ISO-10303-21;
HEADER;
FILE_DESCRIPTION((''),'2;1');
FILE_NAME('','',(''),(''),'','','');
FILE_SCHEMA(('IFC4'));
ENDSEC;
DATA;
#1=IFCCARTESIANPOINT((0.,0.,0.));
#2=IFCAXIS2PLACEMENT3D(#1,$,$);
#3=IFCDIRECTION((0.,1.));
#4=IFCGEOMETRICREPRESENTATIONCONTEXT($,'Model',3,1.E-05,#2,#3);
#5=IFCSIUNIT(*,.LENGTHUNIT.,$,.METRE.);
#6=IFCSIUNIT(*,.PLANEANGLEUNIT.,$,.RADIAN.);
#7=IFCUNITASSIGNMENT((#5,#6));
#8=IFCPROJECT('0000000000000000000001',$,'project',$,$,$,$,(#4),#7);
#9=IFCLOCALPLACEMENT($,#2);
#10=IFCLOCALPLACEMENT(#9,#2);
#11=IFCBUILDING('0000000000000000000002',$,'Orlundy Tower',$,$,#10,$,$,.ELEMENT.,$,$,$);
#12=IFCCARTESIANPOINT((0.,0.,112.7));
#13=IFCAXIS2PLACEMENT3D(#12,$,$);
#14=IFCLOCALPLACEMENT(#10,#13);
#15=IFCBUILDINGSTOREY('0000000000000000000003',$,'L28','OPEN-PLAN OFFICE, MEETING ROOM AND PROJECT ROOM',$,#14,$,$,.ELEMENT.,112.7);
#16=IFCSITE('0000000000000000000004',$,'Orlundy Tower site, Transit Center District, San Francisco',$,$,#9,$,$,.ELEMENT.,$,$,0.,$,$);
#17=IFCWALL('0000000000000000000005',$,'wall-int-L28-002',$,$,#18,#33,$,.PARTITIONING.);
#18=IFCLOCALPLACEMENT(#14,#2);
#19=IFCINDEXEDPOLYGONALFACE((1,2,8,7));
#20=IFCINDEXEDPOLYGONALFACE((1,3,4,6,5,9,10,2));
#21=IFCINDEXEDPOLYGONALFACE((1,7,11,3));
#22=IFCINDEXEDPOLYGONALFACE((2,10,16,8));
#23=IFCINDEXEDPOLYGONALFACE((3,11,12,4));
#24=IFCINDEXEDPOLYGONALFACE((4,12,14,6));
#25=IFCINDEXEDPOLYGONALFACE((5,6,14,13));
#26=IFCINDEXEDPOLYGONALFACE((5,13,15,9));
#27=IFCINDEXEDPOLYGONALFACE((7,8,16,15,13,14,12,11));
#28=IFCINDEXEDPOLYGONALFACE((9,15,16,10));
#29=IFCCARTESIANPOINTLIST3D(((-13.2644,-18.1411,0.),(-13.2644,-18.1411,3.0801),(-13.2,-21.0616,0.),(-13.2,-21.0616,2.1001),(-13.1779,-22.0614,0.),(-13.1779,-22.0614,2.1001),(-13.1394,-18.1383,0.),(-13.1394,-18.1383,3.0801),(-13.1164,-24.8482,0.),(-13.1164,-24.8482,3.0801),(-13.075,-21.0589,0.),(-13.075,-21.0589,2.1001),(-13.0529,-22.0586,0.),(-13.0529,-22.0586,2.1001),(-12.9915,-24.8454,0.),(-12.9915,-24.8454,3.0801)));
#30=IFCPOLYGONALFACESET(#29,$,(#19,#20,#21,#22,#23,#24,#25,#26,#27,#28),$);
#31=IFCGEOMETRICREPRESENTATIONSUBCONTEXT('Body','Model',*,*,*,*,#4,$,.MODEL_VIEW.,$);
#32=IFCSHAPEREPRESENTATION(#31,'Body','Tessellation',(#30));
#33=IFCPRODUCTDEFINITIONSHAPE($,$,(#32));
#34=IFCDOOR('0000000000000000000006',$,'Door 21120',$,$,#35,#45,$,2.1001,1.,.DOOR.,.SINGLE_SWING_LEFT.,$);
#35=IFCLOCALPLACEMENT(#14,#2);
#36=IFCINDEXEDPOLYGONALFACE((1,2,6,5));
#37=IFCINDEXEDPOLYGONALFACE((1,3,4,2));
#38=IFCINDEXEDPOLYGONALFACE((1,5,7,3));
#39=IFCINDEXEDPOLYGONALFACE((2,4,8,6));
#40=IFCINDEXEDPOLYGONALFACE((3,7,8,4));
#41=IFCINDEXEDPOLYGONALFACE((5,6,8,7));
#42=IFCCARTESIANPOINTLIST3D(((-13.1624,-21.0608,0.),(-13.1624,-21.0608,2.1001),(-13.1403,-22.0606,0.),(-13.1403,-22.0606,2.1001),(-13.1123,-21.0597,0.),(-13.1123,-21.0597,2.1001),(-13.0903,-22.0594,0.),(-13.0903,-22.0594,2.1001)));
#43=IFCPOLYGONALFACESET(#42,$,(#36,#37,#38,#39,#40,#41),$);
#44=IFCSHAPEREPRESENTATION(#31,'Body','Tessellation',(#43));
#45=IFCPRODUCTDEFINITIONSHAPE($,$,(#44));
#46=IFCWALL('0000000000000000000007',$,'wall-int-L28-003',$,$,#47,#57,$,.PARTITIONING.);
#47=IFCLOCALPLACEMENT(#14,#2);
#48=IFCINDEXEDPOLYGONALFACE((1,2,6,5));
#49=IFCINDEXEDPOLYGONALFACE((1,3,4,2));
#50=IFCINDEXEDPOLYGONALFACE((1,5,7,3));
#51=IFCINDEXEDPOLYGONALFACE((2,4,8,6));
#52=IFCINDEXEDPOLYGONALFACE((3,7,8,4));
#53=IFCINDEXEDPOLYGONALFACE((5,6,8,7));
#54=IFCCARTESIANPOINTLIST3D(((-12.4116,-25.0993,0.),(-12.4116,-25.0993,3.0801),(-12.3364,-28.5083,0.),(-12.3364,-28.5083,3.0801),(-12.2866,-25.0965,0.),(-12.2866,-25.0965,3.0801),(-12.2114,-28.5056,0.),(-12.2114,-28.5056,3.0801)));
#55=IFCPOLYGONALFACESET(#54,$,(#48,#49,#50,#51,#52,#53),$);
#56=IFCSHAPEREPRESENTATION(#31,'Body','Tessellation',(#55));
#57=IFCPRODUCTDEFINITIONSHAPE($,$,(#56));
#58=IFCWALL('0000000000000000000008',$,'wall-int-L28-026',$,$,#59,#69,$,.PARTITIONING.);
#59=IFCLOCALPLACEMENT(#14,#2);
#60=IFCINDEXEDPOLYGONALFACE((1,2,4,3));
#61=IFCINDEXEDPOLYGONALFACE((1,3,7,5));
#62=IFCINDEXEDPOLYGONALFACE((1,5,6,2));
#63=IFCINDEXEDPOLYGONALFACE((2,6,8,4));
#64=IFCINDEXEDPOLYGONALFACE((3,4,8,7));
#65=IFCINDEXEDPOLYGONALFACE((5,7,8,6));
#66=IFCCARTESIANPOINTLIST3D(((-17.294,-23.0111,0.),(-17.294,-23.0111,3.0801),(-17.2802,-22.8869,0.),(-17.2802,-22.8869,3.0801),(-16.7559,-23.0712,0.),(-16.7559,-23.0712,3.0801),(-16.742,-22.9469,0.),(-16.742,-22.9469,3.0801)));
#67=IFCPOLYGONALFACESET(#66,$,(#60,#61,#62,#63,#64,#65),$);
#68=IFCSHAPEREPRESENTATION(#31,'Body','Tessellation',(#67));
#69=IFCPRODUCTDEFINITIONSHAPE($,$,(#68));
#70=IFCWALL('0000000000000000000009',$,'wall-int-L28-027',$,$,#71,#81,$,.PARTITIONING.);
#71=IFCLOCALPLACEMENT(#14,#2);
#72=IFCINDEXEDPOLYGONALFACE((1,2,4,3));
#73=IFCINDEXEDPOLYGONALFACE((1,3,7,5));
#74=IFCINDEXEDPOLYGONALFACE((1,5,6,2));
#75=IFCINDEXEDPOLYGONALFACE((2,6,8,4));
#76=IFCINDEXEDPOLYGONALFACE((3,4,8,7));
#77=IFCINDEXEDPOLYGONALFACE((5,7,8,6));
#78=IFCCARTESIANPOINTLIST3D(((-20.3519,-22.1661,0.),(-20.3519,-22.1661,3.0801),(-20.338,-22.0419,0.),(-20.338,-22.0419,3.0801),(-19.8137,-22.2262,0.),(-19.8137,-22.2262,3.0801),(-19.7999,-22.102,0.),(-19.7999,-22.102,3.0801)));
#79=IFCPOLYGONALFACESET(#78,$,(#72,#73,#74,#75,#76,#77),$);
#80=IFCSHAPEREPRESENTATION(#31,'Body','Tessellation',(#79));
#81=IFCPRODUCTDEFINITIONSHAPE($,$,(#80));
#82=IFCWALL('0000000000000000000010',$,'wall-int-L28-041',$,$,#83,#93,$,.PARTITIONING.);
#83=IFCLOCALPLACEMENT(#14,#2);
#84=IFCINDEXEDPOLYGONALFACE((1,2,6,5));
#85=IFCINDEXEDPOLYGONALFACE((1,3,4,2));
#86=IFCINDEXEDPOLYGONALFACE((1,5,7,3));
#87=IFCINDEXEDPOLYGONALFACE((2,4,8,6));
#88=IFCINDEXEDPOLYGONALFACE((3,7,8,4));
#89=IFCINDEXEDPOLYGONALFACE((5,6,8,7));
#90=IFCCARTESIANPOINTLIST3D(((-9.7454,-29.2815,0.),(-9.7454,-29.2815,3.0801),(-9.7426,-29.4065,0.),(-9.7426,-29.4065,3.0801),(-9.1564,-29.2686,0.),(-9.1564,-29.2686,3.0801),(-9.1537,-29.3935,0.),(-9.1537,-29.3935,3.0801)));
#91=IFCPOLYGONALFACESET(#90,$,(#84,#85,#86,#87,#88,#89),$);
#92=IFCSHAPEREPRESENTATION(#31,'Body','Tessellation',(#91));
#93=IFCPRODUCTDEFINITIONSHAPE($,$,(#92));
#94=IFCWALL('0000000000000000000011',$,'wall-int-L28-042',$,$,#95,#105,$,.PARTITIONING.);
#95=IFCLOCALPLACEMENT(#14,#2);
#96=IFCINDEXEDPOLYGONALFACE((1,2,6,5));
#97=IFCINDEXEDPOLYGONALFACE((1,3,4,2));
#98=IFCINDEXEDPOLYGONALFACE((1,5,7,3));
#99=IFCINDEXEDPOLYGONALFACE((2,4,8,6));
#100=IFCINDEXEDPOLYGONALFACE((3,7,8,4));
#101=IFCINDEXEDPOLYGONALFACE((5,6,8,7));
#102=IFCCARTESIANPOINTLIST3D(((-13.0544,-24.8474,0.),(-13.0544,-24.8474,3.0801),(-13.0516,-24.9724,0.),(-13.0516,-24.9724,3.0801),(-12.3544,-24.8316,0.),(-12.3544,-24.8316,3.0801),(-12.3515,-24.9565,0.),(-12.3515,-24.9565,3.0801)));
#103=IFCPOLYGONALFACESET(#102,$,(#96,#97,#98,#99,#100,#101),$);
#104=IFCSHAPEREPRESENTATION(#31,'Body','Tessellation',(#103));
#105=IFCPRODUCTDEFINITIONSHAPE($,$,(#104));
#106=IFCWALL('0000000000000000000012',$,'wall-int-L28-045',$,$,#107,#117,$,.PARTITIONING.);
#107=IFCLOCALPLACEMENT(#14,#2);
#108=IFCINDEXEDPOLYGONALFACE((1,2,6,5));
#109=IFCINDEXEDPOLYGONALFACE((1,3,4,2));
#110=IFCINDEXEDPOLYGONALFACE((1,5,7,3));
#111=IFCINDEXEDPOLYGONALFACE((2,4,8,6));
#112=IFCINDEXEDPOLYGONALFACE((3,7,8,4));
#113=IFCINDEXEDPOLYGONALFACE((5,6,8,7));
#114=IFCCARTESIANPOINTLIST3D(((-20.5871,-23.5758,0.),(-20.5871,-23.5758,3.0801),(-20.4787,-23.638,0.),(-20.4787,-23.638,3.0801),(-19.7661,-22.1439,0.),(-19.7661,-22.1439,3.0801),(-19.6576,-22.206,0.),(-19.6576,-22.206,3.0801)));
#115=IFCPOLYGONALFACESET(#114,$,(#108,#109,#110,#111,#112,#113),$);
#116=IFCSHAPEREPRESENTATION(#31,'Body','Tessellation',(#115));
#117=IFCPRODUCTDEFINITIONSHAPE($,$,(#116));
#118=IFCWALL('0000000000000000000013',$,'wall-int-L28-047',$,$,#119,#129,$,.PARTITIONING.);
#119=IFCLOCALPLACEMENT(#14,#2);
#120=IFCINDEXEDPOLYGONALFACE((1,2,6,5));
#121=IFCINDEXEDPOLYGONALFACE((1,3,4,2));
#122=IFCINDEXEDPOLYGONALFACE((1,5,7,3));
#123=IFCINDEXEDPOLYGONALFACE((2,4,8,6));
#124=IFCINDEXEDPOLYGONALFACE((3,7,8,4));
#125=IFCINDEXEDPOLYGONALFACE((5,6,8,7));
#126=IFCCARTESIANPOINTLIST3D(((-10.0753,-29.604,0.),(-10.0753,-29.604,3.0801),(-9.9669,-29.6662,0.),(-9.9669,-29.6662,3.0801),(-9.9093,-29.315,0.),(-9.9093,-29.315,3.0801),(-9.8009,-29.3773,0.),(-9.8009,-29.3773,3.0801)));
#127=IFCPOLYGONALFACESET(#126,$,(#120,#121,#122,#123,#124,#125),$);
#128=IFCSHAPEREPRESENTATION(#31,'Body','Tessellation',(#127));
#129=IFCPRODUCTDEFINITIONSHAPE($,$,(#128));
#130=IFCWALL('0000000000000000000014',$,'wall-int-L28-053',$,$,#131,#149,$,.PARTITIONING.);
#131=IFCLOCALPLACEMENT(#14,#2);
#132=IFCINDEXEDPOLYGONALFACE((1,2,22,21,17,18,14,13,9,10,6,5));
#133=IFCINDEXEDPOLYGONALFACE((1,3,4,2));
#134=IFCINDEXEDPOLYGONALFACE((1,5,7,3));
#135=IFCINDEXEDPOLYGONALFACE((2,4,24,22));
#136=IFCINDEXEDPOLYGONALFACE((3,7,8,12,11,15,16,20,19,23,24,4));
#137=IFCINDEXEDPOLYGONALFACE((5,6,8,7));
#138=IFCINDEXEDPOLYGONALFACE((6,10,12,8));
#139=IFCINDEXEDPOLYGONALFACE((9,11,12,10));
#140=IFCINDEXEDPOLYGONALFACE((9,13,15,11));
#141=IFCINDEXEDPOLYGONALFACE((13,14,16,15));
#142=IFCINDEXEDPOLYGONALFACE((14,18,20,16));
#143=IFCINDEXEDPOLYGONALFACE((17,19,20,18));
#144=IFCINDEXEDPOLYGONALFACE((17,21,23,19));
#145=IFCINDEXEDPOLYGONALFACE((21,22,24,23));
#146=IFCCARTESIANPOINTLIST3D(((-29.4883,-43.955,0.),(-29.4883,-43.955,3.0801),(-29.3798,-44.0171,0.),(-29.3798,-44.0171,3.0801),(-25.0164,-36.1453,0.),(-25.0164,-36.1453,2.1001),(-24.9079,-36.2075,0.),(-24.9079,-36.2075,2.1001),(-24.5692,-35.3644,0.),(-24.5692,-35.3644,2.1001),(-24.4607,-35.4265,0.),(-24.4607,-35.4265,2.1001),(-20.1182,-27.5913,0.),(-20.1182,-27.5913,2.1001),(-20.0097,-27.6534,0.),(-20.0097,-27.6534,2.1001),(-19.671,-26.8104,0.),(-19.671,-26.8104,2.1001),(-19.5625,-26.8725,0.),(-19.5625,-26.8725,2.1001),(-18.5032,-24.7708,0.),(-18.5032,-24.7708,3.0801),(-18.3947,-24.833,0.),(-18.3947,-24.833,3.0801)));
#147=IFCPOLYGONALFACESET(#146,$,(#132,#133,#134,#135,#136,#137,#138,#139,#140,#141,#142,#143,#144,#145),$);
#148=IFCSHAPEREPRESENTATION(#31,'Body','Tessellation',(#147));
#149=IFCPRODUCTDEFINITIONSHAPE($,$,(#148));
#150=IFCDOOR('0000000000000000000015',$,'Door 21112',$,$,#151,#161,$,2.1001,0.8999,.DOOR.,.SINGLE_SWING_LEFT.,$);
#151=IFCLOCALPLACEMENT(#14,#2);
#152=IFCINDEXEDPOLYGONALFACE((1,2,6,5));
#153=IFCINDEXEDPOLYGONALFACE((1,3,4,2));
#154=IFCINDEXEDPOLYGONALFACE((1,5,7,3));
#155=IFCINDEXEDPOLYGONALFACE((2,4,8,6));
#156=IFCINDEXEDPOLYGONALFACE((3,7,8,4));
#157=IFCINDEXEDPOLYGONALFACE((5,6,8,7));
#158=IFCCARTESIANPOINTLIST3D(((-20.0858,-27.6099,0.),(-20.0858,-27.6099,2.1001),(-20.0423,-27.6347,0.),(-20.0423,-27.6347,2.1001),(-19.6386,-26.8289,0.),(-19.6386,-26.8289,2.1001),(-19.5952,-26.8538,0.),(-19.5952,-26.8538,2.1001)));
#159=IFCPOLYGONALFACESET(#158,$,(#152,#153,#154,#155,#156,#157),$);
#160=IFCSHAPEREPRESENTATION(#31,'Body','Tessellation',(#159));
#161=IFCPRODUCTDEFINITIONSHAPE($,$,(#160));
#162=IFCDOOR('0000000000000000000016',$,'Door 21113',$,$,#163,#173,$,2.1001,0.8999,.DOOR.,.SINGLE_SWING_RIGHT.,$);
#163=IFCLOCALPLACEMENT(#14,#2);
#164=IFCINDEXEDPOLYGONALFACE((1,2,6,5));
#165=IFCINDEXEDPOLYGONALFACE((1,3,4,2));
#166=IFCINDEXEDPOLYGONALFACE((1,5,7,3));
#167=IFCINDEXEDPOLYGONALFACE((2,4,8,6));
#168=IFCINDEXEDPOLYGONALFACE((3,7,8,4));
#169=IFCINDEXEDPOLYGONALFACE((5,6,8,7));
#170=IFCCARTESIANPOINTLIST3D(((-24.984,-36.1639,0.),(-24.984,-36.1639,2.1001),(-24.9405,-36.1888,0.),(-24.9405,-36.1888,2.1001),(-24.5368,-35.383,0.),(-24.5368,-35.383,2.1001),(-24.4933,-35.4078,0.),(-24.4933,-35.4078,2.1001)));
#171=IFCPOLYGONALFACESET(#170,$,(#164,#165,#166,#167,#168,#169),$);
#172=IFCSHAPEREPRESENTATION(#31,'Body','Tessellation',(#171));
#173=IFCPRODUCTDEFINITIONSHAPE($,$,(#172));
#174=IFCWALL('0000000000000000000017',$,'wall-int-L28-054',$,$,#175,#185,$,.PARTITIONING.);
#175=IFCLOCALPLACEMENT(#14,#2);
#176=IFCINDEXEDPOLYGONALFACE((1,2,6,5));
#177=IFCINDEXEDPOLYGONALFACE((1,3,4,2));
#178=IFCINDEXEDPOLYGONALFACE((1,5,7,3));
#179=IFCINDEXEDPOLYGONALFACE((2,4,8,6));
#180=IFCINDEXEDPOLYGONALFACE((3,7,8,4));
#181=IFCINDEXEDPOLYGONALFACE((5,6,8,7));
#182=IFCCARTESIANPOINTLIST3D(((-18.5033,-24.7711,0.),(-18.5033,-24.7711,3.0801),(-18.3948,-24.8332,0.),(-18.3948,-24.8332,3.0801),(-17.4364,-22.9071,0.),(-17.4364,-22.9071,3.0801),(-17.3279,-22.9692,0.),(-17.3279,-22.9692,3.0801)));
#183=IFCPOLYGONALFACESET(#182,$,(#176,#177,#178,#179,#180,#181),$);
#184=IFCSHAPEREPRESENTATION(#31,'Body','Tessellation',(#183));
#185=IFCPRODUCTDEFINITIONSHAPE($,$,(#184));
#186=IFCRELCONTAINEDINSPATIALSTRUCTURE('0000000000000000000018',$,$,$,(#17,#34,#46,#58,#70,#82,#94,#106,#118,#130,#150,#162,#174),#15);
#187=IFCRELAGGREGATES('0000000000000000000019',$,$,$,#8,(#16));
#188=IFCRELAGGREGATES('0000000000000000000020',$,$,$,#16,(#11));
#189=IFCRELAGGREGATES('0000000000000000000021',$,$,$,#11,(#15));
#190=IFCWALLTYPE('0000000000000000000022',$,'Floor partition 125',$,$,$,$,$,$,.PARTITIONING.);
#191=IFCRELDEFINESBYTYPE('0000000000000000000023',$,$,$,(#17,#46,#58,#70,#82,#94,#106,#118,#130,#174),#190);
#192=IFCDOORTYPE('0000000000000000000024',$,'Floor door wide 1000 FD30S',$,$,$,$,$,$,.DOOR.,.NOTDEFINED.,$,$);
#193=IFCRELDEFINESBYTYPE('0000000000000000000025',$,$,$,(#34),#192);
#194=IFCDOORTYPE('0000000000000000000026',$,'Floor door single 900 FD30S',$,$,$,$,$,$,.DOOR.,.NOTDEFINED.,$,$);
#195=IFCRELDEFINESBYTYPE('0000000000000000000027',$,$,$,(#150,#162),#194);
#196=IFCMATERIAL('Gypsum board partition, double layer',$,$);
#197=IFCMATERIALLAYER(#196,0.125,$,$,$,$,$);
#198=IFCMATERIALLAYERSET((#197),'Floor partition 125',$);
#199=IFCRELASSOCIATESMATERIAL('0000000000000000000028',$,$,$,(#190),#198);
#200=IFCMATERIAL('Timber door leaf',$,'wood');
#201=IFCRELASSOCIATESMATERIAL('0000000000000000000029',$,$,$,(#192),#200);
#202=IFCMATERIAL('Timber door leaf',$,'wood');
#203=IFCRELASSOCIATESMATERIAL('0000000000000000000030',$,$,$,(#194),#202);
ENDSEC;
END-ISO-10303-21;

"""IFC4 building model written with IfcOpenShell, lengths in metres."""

from ifc_helpers import new_model, si_unit, direction, frame, frame_2d, origin, place, context, subcontext, project, spatial, rectangle, extrude, material, layer, layer_set, type_object, element, fill, save


model = new_model("IFC4")

# Units and contexts
model_context = context("Model", 3, precision=1e-05, world=origin(), true_north=direction((0.0, 1.0)))
body_context = subcontext(model_context, "Body", "Model", "MODEL_VIEW")
ifc_project = project(units=[si_unit("LENGTHUNIT", "METRE"), si_unit("PLANEANGLEUNIT", "RADIAN")], contexts=[model_context])

# Site, building, storey
site_placement = place(None, origin())
site = spatial("IfcSite", under=ifc_project, at=site_placement, Name="Orlundy Tower site, Transit Center District, San Francisco", CompositionType="ELEMENT", RefElevation=0.0)
building_placement = place(site_placement, origin())
building = spatial("IfcBuilding", under=site, at=building_placement, Name="Orlundy Tower", CompositionType="ELEMENT")
storey_placement = place(building_placement, frame((0.0, 0.0, 112.7)))
storey = spatial("IfcBuildingStorey", under=building, at=storey_placement, Name="L28", Description="OPEN-PLAN OFFICE, MEETING ROOM AND PROJECT ROOM", CompositionType="ELEMENT", Elevation=112.7)

# Wall, opening, door
ifc_material_1 = material(Name="Gypsum board partition, double layer")
ifc_layer_1 = layer(ifc_material_1, 0.125)
ifc_layer_set_1 = layer_set([ifc_layer_1], Name="Floor partition 125")
wall_type_1 = type_object("IfcWallType", Name="Floor partition 125", PredefinedType="PARTITIONING", material=ifc_layer_set_1)
wall_1_placement = place(storey_placement, frame((-13.054, -24.8469, 0.0), z_axis=(0.0, 0.0, 1.0), x_axis=(-0.022053, 0.999757, 0.0)))
wall_1 = element("IfcWall", 1, at=wall_1_placement, inside=storey, type_object=wall_type_1, Name="wall-int-L28-002", PredefinedType="PARTITIONING", context=body_context, shape_type="SweptSolid", body=[
    extrude(rectangle(XDim=6.7087, YDim=0.125, at=frame_2d((3.3545, 0.0))), origin(), (0.0, 0.0, 1.0), 3.0801),
])
opening_1_placement = place(wall_1_placement, frame((2.7876, 0.0, 0.0)))
opening_1 = element("IfcOpeningElement", 2, at=opening_1_placement, cuts=wall_1, PredefinedType="OPENING", context=body_context, shape_type="SweptSolid", body=[
    extrude(rectangle(XDim=1.0, YDim=2.1001, at=frame_2d((0.5, 1.05))), frame((0.0, 0.0725, 0.0), z_axis=(0.0, -1.0, 0.0), x_axis=(1.0, 0.0, 0.0)), (0.0, 0.0, 1.0), 0.145),
])
ifc_material_2 = material(Name="Timber door leaf", Category="wood")
door_type_1 = type_object("IfcDoorType", Name="Floor door wide 1000 FD30S", OperationType="NOTDEFINED", PredefinedType="DOOR", material=ifc_material_2)
door_1_placement = place(opening_1_placement, origin())
door_1 = element("IfcDoor", 3, at=door_1_placement, inside=storey, type_object=door_type_1, Name="Door 21120", OperationType="SINGLE_SWING_LEFT", OverallHeight=2.1001, OverallWidth=1.0, PredefinedType="DOOR", context=body_context, shape_type="SweptSolid", body=[
    extrude(rectangle(XDim=1.0, YDim=2.1001, at=frame_2d((0.5, 1.05))), frame((0.0, 0.0249, 0.0), z_axis=(0.0, -1.0, 0.0), x_axis=(1.0, 0.0, 0.0)), (0.0, 0.0, 1.0), 0.05),
])
fill(opening_1, door_1)

# Walls
wall_2_placement = place(storey_placement, frame((-12.2739, -28.5071, 0.0), z_axis=(0.0, 0.0, 1.0), x_axis=(-0.022051, 0.999757, 0.0)))
element("IfcWall", 4, at=wall_2_placement, inside=storey, type_object=wall_type_1, Name="wall-int-L28-003", PredefinedType="PARTITIONING", context=body_context, shape_type="SweptSolid", body=[
    extrude(rectangle(XDim=3.4099, YDim=0.125, at=frame_2d((1.7051, 0.0))), origin(), (0.0, 0.0, 1.0), 3.0801),
])
for number, where, z_axis, x_axis, name in (
    (5, (-17.2871, -22.949, 0.0), (0.0, 0.0, 1.0), (0.993829, -0.110926, 0.0), "wall-int-L28-026"),
    (6, (-20.345, -22.104, 0.0), (0.0, 0.0, 1.0), (0.993829, -0.110926, 0.0), "wall-int-L28-027"),
):
    element("IfcWall", number, at=place(storey_placement, frame(where, z_axis=z_axis, x_axis=x_axis)), inside=storey, type_object=wall_type_1, Name=name, PredefinedType="PARTITIONING", context=body_context, shape_type="SweptSolid", body=[
        extrude(rectangle(XDim=0.5415, YDim=0.125, at=frame_2d((0.2708, 0.0))), origin(), (0.0, 0.0, 1.0), 3.0801),
    ])
wall_3_placement = place(storey_placement, frame((-9.7439, -29.344, 0.0), z_axis=(0.0, 0.0, 1.0), x_axis=(0.999759, 0.021968, 0.0)))
element("IfcWall", 7, at=wall_3_placement, inside=storey, type_object=wall_type_1, Name="wall-int-L28-041", PredefinedType="PARTITIONING", context=body_context, shape_type="SweptSolid", body=[
    extrude(rectangle(XDim=0.5891, YDim=0.125, at=frame_2d((0.2944, 0.0))), origin(), (0.0, 0.0, 1.0), 3.0801),
])
wall_4_placement = place(storey_placement, frame((-13.053, -24.9099, 0.0), z_axis=(0.0, 0.0, 1.0), x_axis=(0.999743, 0.022666, 0.0)))
element("IfcWall", 8, at=wall_4_placement, inside=storey, type_object=wall_type_1, Name="wall-int-L28-042", PredefinedType="PARTITIONING", context=body_context, shape_type="SweptSolid", body=[
    extrude(rectangle(XDim=0.7002, YDim=0.125, at=frame_2d((0.3501, 0.0))), origin(), (0.0, 0.0, 1.0), 3.0801),
])
wall_5_placement = place(storey_placement, frame((-19.7119, -22.175, 0.0), z_axis=(0.0, 0.0, 1.0), x_axis=(-0.497429, -0.867505, 0.0)))
element("IfcWall", 9, at=wall_5_placement, inside=storey, type_object=wall_type_1, Name="wall-int-L28-045", PredefinedType="PARTITIONING", context=body_context, shape_type="SweptSolid", body=[
    extrude(rectangle(XDim=1.6506, YDim=0.125, at=frame_2d((0.8252, 0.0))), origin(), (0.0, 0.0, 1.0), 3.0801),
])
wall_6_placement = place(storey_placement, frame((-10.021, -29.635, 0.0), z_axis=(0.0, 0.0, 1.0), x_axis=(0.498031, 0.867159, 0.0)))
element("IfcWall", 10, at=wall_6_placement, inside=storey, type_object=wall_type_1, Name="wall-int-L28-047", PredefinedType="PARTITIONING", context=body_context, shape_type="SweptSolid", body=[
    extrude(rectangle(XDim=0.3333, YDim=0.125, at=frame_2d((0.1665, 0.0))), origin(), (0.0, 0.0, 1.0), 3.0801),
])

# Wall, openings, doors
wall_7_placement = place(storey_placement, frame((-18.449, -24.802, 0.0), z_axis=(0.0, 0.0, 1.0), x_axis=(-0.496915, -0.867799, 0.0)))
wall_7 = element("IfcWall", 11, at=wall_7_placement, inside=storey, type_object=wall_type_1, Name="wall-int-L28-053", PredefinedType="PARTITIONING", context=body_context, shape_type="SweptSolid", body=[
    extrude(rectangle(XDim=22.1067, YDim=0.125, at=frame_2d((11.0532, 0.0))), origin(), (0.0, 0.0, 1.0), 3.0801),
])
opening_2_placement = place(wall_7_placement, frame((2.3501, 0.0, 0.0)))
opening_2 = element("IfcOpeningElement", 12, at=opening_2_placement, cuts=wall_7, PredefinedType="OPENING", context=body_context, shape_type="SweptSolid", body=[
    extrude(rectangle(XDim=0.8999, YDim=2.1001, at=frame_2d((0.45, 1.05))), frame((0.0, 0.0725, 0.0), z_axis=(0.0, -1.0, 0.0), x_axis=(1.0, 0.0, 0.0)), (0.0, 0.0, 1.0), 0.145),
])
opening_3_placement = place(wall_7_placement, frame((12.2073, 0.0, 0.0)))
opening_3 = element("IfcOpeningElement", 13, at=opening_3_placement, cuts=wall_7, PredefinedType="OPENING", context=body_context, shape_type="SweptSolid", body=[
    extrude(rectangle(XDim=0.8999, YDim=2.1001, at=frame_2d((0.45, 1.05))), frame((0.0, 0.0725, 0.0), z_axis=(0.0, -1.0, 0.0), x_axis=(1.0, 0.0, 0.0)), (0.0, 0.0, 1.0), 0.145),
])
ifc_material_3 = material(Name="Timber door leaf", Category="wood")
door_type_2 = type_object("IfcDoorType", Name="Floor door single 900 FD30S", OperationType="NOTDEFINED", PredefinedType="DOOR", material=ifc_material_3)
door_2_placement = place(opening_2_placement, origin())
door_2 = element("IfcDoor", 14, at=door_2_placement, inside=storey, type_object=door_type_2, Name="Door 21112", OperationType="SINGLE_SWING_LEFT", OverallHeight=2.1001, OverallWidth=0.8999, PredefinedType="DOOR", context=body_context, shape_type="SweptSolid", body=[
    extrude(rectangle(XDim=0.8999, YDim=2.1001, at=frame_2d((0.45, 1.05))), frame((0.0, 0.0249, 0.0), z_axis=(0.0, -1.0, 0.0), x_axis=(1.0, 0.0, 0.0)), (0.0, 0.0, 1.0), 0.05),
])
fill(opening_2, door_2)
door_3_placement = place(opening_3_placement, origin())
door_3 = element("IfcDoor", 15, at=door_3_placement, inside=storey, type_object=door_type_2, Name="Door 21113", OperationType="SINGLE_SWING_RIGHT", OverallHeight=2.1001, OverallWidth=0.8999, PredefinedType="DOOR", context=body_context, shape_type="SweptSolid", body=[
    extrude(rectangle(XDim=0.8999, YDim=2.1001, at=frame_2d((0.45, 1.05))), frame((0.0, 0.0249, 0.0), z_axis=(0.0, -1.0, 0.0), x_axis=(1.0, 0.0, 0.0)), (0.0, 0.0, 1.0), 0.05),
])
fill(opening_3, door_3)

# Wall
wall_8_placement = place(storey_placement, frame((-18.449, -24.802, 0.0), z_axis=(0.0, 0.0, 1.0), x_axis=(0.496751, 0.867893, 0.0)))
element("IfcWall", 16, at=wall_8_placement, inside=storey, type_object=wall_type_1, Name="wall-int-L28-054", PredefinedType="PARTITIONING", context=body_context, shape_type="SweptSolid", body=[
    extrude(rectangle(XDim=2.1477, YDim=0.125, at=frame_2d((1.0737, 0.0))), origin(), (0.0, 0.0, 1.0), 3.0801),
])

save(model, "model.ifc")
